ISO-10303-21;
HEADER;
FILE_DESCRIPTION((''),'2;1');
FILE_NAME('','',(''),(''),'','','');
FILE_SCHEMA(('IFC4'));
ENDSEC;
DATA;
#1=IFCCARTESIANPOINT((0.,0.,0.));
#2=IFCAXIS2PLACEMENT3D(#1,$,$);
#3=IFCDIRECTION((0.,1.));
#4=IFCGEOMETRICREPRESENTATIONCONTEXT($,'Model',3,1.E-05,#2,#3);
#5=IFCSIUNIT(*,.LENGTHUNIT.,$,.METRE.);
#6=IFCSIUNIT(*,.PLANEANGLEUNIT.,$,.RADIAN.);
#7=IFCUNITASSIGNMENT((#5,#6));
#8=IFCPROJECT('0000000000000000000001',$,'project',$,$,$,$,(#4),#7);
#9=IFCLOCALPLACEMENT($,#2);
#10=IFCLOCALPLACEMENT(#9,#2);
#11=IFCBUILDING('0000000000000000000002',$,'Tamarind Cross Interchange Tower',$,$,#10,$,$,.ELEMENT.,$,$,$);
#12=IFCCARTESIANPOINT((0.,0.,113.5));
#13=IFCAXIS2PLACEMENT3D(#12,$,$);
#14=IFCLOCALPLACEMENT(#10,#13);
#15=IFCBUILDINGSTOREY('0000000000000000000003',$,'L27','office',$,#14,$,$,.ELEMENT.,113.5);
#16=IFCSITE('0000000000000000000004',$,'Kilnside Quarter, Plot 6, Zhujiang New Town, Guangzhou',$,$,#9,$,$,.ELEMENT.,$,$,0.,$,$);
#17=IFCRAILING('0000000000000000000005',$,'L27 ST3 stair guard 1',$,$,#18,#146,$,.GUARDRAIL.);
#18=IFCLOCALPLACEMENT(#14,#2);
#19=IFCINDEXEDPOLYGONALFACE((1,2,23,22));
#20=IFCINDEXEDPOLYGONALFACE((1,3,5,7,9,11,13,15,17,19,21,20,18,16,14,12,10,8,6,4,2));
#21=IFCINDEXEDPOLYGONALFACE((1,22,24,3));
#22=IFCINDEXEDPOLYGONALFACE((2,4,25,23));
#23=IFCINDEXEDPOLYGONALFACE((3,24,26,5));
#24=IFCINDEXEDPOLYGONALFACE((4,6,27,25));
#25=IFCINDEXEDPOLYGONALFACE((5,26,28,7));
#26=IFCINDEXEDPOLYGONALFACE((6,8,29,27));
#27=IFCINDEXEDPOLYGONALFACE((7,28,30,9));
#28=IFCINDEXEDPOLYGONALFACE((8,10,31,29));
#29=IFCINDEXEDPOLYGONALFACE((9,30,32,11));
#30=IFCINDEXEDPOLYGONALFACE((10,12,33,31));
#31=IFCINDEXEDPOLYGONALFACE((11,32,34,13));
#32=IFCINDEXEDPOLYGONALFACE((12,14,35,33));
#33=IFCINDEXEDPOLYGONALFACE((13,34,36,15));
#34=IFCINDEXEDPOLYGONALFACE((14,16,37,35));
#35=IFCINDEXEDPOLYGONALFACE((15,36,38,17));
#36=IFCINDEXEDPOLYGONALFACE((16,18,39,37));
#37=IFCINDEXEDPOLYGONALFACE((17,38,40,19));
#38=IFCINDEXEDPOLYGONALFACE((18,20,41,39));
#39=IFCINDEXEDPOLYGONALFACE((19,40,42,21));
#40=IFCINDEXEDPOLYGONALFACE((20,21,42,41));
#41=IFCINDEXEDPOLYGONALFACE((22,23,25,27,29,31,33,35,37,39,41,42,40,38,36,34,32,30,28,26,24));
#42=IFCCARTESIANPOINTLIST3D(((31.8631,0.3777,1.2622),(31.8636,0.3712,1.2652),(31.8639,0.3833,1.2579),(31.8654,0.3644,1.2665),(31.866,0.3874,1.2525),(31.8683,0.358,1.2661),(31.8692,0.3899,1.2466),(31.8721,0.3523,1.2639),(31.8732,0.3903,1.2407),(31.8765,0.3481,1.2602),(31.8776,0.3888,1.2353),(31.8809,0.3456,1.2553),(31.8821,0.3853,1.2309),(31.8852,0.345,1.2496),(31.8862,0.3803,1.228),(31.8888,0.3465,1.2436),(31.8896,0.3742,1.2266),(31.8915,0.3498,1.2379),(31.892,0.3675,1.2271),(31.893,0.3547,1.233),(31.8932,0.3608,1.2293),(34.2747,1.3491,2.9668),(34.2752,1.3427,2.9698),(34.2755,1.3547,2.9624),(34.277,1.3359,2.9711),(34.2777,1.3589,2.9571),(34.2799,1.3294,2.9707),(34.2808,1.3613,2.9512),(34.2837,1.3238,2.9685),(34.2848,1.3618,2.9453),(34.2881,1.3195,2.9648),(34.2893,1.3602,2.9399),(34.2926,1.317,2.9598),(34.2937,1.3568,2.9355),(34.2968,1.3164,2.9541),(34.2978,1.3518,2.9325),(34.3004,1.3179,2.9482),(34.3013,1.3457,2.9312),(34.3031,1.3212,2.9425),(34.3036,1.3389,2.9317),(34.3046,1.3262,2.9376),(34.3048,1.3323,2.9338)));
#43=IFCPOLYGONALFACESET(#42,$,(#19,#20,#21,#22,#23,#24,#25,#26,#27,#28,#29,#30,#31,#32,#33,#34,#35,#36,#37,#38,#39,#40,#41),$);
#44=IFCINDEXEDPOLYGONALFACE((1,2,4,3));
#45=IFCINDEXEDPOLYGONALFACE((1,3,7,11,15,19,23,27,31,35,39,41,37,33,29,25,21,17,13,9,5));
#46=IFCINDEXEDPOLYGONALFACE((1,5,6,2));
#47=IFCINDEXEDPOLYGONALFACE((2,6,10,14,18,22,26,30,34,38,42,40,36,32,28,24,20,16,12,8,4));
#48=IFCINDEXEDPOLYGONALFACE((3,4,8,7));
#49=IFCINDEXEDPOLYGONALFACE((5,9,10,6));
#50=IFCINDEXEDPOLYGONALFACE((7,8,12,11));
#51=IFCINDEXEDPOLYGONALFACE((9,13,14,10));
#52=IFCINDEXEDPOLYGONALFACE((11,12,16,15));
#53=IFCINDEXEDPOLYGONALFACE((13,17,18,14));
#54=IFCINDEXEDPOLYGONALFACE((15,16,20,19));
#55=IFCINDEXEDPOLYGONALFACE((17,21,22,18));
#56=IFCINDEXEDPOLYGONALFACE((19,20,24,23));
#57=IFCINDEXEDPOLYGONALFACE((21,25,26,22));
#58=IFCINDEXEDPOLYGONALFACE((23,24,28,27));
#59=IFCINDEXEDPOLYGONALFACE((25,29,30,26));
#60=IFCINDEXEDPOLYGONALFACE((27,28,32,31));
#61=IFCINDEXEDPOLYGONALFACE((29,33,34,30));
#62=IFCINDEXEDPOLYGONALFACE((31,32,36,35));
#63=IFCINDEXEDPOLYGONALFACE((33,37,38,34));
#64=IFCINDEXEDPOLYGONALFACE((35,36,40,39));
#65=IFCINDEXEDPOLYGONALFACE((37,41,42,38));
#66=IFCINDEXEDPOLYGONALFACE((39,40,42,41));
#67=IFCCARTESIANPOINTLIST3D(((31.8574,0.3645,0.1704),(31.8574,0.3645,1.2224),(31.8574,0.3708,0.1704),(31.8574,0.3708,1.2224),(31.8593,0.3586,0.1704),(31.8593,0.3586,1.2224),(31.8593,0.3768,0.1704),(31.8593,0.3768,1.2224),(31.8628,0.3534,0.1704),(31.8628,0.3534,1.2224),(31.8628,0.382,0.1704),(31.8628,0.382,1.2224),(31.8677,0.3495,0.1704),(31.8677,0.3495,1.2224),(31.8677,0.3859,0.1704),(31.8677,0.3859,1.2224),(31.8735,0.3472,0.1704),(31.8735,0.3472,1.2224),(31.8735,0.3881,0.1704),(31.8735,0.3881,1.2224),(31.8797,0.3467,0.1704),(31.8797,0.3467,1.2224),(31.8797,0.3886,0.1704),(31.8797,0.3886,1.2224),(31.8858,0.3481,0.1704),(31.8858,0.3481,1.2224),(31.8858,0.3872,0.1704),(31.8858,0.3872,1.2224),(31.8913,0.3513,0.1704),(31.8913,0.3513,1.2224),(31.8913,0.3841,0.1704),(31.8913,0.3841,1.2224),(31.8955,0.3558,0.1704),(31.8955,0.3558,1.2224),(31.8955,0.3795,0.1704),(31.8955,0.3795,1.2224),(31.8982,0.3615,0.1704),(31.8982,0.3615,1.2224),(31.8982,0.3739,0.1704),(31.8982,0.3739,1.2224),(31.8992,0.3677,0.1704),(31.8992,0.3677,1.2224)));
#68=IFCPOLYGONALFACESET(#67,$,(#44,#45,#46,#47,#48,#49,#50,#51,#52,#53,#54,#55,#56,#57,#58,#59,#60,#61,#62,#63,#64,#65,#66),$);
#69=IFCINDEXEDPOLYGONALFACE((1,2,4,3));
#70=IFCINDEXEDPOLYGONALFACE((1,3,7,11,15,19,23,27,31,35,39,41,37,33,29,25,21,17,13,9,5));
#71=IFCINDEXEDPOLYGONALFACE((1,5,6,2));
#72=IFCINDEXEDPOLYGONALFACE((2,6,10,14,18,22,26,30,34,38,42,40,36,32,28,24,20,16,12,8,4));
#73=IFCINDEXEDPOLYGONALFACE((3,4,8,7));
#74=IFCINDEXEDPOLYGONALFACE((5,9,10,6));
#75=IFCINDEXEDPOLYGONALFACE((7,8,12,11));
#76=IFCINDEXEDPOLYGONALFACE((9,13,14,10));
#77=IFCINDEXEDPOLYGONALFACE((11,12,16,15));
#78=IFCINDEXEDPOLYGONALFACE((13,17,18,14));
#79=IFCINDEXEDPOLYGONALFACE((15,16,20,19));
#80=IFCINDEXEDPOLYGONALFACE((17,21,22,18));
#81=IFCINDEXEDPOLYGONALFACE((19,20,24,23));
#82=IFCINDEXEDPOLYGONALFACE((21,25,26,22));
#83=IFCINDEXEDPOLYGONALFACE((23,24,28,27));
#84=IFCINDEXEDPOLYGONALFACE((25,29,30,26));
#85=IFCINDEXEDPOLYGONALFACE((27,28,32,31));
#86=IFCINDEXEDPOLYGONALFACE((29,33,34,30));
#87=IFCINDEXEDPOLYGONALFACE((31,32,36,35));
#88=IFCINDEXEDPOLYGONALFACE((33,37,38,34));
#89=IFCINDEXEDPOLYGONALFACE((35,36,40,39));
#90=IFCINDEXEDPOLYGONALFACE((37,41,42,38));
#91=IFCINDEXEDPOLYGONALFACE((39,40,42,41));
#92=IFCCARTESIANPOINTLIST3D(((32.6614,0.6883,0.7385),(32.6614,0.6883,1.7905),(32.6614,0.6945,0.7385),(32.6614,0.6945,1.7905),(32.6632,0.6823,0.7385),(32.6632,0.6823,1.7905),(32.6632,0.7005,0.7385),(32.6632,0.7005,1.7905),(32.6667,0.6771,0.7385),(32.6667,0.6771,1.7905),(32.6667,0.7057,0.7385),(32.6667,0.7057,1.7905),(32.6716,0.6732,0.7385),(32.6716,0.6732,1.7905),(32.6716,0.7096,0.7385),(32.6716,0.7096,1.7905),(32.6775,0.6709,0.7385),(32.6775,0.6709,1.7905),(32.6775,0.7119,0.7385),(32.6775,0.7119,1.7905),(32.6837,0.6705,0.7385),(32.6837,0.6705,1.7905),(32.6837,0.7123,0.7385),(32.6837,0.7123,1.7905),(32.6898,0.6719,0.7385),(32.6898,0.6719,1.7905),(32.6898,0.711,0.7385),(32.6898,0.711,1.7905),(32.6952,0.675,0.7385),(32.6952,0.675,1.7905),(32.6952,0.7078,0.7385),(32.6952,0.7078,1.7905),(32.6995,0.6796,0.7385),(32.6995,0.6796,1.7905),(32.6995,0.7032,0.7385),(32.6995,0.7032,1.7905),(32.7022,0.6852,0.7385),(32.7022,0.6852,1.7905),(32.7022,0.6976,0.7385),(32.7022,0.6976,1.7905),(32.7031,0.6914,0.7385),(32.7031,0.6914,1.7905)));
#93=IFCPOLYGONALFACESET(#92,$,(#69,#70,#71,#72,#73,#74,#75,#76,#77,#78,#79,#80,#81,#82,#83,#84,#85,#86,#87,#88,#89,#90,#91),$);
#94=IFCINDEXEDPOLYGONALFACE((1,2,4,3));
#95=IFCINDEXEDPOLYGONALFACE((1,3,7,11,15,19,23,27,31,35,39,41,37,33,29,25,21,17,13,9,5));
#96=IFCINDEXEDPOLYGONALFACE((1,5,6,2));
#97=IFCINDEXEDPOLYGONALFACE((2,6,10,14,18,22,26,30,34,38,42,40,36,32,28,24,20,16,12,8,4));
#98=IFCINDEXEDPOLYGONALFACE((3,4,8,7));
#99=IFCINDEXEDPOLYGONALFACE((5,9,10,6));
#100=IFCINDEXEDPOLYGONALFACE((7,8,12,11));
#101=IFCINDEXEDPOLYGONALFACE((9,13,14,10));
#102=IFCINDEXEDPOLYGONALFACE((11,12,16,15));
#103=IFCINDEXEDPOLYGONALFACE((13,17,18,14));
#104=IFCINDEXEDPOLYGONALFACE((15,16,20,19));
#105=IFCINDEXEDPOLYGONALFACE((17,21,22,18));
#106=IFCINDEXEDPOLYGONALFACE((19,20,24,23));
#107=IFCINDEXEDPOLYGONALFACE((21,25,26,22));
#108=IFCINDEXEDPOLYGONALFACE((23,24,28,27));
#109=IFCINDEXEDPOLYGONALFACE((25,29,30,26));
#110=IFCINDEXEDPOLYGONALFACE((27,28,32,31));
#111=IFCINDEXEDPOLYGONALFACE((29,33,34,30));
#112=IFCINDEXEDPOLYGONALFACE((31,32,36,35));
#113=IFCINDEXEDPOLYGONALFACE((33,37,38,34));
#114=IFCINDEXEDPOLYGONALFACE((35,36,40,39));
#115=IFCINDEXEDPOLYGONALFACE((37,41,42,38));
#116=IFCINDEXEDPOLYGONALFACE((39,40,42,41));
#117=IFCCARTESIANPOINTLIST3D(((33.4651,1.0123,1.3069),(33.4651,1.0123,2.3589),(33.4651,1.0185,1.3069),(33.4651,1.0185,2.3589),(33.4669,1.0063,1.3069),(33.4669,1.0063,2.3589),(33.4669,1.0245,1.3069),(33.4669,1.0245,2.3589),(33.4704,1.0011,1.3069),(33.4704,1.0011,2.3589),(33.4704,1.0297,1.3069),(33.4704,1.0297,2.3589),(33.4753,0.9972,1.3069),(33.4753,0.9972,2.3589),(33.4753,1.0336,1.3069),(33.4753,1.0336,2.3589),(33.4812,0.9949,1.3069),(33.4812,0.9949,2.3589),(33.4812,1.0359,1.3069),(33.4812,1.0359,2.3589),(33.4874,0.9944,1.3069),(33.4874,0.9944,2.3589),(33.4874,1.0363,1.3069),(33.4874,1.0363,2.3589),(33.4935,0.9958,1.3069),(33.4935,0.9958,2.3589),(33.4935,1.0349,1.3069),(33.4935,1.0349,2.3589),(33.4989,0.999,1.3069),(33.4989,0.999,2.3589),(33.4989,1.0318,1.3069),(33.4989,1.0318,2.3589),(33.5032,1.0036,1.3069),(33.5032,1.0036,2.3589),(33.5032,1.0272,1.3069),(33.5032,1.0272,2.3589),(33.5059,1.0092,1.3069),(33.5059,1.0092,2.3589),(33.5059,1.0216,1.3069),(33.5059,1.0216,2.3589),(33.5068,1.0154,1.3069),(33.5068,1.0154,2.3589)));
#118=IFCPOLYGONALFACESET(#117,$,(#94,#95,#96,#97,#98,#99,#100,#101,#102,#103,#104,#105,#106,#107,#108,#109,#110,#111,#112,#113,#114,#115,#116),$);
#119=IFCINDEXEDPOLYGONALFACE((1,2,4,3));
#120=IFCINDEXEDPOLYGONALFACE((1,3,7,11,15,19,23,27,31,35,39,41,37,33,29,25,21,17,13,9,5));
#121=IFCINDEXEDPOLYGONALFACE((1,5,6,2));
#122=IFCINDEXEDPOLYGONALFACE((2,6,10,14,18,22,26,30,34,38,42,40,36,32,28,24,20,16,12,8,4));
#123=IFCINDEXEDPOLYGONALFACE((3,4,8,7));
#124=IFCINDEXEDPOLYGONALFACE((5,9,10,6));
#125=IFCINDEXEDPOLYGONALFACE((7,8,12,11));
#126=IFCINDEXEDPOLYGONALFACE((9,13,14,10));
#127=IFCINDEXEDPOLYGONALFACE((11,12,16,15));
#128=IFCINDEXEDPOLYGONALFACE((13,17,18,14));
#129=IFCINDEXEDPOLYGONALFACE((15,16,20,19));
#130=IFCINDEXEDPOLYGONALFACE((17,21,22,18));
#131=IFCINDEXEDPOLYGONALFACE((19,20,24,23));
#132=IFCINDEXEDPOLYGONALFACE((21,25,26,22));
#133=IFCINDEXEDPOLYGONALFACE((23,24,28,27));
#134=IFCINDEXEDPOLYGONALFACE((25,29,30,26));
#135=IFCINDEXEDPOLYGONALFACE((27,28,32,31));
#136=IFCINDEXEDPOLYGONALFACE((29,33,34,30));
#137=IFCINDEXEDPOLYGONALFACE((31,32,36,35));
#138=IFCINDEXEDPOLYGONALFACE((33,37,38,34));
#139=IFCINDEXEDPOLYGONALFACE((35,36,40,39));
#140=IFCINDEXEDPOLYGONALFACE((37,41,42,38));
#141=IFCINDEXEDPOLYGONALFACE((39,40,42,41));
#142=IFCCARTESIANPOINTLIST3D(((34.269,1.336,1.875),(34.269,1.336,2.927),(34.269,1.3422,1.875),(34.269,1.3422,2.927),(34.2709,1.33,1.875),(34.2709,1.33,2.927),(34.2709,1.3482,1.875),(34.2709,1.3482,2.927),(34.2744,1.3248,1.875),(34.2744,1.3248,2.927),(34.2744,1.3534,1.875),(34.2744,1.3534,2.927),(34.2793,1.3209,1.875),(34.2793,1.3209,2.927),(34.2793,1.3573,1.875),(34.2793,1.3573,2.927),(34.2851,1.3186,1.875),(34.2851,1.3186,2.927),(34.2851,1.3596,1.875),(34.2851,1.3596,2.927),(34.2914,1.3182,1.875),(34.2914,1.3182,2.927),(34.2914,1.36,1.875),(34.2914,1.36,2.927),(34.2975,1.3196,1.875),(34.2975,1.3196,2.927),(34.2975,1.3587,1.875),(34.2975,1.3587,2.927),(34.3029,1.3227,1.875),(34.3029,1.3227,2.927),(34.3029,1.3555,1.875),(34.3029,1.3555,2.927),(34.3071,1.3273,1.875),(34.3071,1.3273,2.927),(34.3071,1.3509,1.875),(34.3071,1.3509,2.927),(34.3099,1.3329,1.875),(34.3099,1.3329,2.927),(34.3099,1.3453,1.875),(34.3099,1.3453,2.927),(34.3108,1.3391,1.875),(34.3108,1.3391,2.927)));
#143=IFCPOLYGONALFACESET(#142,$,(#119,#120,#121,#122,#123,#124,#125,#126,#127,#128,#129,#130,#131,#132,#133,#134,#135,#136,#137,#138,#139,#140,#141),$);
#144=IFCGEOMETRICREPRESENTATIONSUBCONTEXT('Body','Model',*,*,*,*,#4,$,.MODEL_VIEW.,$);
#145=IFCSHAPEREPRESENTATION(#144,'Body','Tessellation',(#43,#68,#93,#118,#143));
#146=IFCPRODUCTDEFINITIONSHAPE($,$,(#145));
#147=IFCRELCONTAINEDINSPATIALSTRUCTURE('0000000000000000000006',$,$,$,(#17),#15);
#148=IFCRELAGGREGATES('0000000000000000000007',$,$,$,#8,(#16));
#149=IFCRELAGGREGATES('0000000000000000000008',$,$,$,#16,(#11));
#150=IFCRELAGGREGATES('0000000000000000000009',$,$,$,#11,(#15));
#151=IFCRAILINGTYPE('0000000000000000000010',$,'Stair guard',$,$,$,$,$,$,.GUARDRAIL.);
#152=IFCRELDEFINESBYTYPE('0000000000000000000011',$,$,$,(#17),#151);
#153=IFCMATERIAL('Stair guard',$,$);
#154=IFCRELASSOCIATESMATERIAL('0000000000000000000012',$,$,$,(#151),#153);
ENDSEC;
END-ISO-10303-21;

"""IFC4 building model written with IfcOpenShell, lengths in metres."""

from ifc_helpers import new_model, si_unit, direction, frame, origin, origin_2d, place, context, subcontext, project, spatial, circle, extrude, material, type_object, element, save


model = new_model("IFC4")

# Units and contexts
model_context = context("Model", 3, precision=1e-05, world=origin(), true_north=direction((0.0, 1.0)))
body_context = subcontext(model_context, "Body", "Model", "MODEL_VIEW")
ifc_project = project(units=[si_unit("LENGTHUNIT", "METRE"), si_unit("PLANEANGLEUNIT", "RADIAN")], contexts=[model_context])

# Site, building, storey
site_placement = place(None, origin())
site = spatial("IfcSite", under=ifc_project, at=site_placement, Name="Kilnside Quarter, Plot 6, Zhujiang New Town, Guangzhou", CompositionType="ELEMENT", RefElevation=0.0)
building_placement = place(site_placement, origin())
building = spatial("IfcBuilding", under=site, at=building_placement, Name="Tamarind Cross Interchange Tower", CompositionType="ELEMENT")
storey_placement = place(building_placement, frame((0.0, 0.0, 113.5)))
storey = spatial("IfcBuildingStorey", under=building, at=storey_placement, Name="L27", Description="office", CompositionType="ELEMENT", Elevation=113.5)

# Railing
ifc_material_1 = material(Name="Stair guard")
railing_type_1 = type_object("IfcRailingType", Name="Stair guard", PredefinedType="GUARDRAIL", material=ifc_material_1)
railing_1_placement = place(storey_placement, frame((31.8782, 0.3677, 0.1704)))
element("IfcRailing", 1, at=railing_1_placement, inside=storey, type_object=railing_type_1, Name="L27 ST3 stair guard 1", PredefinedType="GUARDRAIL", context=body_context, shape_type="SweptSolid", body=[
    extrude(circle(Radius=0.0239, at=origin_2d()), frame((0.0, 0.0, 1.0762), z_axis=(0.775716, 0.31247, 0.548294), x_axis=(-0.37364, 0.927574, 0.0)), (0.0, 0.0, 1.0), 3.1089),
    extrude(circle(Radius=0.021, at=origin_2d()), origin(), (0.0, 0.0, 1.0), 1.052),
    extrude(circle(Radius=0.021, at=origin_2d()), frame((0.804, 0.3237, 0.5681)), (0.0, 0.0, 1.0), 1.052),
    extrude(circle(Radius=0.021, at=origin_2d()), frame((1.6077, 0.6477, 1.1365)), (0.0, 0.0, 1.0), 1.052),
    extrude(circle(Radius=0.021, at=origin_2d()), frame((2.4116, 0.9714, 1.7046)), (0.0, 0.0, 1.0), 1.052),
])

save(model, "model.ifc")
